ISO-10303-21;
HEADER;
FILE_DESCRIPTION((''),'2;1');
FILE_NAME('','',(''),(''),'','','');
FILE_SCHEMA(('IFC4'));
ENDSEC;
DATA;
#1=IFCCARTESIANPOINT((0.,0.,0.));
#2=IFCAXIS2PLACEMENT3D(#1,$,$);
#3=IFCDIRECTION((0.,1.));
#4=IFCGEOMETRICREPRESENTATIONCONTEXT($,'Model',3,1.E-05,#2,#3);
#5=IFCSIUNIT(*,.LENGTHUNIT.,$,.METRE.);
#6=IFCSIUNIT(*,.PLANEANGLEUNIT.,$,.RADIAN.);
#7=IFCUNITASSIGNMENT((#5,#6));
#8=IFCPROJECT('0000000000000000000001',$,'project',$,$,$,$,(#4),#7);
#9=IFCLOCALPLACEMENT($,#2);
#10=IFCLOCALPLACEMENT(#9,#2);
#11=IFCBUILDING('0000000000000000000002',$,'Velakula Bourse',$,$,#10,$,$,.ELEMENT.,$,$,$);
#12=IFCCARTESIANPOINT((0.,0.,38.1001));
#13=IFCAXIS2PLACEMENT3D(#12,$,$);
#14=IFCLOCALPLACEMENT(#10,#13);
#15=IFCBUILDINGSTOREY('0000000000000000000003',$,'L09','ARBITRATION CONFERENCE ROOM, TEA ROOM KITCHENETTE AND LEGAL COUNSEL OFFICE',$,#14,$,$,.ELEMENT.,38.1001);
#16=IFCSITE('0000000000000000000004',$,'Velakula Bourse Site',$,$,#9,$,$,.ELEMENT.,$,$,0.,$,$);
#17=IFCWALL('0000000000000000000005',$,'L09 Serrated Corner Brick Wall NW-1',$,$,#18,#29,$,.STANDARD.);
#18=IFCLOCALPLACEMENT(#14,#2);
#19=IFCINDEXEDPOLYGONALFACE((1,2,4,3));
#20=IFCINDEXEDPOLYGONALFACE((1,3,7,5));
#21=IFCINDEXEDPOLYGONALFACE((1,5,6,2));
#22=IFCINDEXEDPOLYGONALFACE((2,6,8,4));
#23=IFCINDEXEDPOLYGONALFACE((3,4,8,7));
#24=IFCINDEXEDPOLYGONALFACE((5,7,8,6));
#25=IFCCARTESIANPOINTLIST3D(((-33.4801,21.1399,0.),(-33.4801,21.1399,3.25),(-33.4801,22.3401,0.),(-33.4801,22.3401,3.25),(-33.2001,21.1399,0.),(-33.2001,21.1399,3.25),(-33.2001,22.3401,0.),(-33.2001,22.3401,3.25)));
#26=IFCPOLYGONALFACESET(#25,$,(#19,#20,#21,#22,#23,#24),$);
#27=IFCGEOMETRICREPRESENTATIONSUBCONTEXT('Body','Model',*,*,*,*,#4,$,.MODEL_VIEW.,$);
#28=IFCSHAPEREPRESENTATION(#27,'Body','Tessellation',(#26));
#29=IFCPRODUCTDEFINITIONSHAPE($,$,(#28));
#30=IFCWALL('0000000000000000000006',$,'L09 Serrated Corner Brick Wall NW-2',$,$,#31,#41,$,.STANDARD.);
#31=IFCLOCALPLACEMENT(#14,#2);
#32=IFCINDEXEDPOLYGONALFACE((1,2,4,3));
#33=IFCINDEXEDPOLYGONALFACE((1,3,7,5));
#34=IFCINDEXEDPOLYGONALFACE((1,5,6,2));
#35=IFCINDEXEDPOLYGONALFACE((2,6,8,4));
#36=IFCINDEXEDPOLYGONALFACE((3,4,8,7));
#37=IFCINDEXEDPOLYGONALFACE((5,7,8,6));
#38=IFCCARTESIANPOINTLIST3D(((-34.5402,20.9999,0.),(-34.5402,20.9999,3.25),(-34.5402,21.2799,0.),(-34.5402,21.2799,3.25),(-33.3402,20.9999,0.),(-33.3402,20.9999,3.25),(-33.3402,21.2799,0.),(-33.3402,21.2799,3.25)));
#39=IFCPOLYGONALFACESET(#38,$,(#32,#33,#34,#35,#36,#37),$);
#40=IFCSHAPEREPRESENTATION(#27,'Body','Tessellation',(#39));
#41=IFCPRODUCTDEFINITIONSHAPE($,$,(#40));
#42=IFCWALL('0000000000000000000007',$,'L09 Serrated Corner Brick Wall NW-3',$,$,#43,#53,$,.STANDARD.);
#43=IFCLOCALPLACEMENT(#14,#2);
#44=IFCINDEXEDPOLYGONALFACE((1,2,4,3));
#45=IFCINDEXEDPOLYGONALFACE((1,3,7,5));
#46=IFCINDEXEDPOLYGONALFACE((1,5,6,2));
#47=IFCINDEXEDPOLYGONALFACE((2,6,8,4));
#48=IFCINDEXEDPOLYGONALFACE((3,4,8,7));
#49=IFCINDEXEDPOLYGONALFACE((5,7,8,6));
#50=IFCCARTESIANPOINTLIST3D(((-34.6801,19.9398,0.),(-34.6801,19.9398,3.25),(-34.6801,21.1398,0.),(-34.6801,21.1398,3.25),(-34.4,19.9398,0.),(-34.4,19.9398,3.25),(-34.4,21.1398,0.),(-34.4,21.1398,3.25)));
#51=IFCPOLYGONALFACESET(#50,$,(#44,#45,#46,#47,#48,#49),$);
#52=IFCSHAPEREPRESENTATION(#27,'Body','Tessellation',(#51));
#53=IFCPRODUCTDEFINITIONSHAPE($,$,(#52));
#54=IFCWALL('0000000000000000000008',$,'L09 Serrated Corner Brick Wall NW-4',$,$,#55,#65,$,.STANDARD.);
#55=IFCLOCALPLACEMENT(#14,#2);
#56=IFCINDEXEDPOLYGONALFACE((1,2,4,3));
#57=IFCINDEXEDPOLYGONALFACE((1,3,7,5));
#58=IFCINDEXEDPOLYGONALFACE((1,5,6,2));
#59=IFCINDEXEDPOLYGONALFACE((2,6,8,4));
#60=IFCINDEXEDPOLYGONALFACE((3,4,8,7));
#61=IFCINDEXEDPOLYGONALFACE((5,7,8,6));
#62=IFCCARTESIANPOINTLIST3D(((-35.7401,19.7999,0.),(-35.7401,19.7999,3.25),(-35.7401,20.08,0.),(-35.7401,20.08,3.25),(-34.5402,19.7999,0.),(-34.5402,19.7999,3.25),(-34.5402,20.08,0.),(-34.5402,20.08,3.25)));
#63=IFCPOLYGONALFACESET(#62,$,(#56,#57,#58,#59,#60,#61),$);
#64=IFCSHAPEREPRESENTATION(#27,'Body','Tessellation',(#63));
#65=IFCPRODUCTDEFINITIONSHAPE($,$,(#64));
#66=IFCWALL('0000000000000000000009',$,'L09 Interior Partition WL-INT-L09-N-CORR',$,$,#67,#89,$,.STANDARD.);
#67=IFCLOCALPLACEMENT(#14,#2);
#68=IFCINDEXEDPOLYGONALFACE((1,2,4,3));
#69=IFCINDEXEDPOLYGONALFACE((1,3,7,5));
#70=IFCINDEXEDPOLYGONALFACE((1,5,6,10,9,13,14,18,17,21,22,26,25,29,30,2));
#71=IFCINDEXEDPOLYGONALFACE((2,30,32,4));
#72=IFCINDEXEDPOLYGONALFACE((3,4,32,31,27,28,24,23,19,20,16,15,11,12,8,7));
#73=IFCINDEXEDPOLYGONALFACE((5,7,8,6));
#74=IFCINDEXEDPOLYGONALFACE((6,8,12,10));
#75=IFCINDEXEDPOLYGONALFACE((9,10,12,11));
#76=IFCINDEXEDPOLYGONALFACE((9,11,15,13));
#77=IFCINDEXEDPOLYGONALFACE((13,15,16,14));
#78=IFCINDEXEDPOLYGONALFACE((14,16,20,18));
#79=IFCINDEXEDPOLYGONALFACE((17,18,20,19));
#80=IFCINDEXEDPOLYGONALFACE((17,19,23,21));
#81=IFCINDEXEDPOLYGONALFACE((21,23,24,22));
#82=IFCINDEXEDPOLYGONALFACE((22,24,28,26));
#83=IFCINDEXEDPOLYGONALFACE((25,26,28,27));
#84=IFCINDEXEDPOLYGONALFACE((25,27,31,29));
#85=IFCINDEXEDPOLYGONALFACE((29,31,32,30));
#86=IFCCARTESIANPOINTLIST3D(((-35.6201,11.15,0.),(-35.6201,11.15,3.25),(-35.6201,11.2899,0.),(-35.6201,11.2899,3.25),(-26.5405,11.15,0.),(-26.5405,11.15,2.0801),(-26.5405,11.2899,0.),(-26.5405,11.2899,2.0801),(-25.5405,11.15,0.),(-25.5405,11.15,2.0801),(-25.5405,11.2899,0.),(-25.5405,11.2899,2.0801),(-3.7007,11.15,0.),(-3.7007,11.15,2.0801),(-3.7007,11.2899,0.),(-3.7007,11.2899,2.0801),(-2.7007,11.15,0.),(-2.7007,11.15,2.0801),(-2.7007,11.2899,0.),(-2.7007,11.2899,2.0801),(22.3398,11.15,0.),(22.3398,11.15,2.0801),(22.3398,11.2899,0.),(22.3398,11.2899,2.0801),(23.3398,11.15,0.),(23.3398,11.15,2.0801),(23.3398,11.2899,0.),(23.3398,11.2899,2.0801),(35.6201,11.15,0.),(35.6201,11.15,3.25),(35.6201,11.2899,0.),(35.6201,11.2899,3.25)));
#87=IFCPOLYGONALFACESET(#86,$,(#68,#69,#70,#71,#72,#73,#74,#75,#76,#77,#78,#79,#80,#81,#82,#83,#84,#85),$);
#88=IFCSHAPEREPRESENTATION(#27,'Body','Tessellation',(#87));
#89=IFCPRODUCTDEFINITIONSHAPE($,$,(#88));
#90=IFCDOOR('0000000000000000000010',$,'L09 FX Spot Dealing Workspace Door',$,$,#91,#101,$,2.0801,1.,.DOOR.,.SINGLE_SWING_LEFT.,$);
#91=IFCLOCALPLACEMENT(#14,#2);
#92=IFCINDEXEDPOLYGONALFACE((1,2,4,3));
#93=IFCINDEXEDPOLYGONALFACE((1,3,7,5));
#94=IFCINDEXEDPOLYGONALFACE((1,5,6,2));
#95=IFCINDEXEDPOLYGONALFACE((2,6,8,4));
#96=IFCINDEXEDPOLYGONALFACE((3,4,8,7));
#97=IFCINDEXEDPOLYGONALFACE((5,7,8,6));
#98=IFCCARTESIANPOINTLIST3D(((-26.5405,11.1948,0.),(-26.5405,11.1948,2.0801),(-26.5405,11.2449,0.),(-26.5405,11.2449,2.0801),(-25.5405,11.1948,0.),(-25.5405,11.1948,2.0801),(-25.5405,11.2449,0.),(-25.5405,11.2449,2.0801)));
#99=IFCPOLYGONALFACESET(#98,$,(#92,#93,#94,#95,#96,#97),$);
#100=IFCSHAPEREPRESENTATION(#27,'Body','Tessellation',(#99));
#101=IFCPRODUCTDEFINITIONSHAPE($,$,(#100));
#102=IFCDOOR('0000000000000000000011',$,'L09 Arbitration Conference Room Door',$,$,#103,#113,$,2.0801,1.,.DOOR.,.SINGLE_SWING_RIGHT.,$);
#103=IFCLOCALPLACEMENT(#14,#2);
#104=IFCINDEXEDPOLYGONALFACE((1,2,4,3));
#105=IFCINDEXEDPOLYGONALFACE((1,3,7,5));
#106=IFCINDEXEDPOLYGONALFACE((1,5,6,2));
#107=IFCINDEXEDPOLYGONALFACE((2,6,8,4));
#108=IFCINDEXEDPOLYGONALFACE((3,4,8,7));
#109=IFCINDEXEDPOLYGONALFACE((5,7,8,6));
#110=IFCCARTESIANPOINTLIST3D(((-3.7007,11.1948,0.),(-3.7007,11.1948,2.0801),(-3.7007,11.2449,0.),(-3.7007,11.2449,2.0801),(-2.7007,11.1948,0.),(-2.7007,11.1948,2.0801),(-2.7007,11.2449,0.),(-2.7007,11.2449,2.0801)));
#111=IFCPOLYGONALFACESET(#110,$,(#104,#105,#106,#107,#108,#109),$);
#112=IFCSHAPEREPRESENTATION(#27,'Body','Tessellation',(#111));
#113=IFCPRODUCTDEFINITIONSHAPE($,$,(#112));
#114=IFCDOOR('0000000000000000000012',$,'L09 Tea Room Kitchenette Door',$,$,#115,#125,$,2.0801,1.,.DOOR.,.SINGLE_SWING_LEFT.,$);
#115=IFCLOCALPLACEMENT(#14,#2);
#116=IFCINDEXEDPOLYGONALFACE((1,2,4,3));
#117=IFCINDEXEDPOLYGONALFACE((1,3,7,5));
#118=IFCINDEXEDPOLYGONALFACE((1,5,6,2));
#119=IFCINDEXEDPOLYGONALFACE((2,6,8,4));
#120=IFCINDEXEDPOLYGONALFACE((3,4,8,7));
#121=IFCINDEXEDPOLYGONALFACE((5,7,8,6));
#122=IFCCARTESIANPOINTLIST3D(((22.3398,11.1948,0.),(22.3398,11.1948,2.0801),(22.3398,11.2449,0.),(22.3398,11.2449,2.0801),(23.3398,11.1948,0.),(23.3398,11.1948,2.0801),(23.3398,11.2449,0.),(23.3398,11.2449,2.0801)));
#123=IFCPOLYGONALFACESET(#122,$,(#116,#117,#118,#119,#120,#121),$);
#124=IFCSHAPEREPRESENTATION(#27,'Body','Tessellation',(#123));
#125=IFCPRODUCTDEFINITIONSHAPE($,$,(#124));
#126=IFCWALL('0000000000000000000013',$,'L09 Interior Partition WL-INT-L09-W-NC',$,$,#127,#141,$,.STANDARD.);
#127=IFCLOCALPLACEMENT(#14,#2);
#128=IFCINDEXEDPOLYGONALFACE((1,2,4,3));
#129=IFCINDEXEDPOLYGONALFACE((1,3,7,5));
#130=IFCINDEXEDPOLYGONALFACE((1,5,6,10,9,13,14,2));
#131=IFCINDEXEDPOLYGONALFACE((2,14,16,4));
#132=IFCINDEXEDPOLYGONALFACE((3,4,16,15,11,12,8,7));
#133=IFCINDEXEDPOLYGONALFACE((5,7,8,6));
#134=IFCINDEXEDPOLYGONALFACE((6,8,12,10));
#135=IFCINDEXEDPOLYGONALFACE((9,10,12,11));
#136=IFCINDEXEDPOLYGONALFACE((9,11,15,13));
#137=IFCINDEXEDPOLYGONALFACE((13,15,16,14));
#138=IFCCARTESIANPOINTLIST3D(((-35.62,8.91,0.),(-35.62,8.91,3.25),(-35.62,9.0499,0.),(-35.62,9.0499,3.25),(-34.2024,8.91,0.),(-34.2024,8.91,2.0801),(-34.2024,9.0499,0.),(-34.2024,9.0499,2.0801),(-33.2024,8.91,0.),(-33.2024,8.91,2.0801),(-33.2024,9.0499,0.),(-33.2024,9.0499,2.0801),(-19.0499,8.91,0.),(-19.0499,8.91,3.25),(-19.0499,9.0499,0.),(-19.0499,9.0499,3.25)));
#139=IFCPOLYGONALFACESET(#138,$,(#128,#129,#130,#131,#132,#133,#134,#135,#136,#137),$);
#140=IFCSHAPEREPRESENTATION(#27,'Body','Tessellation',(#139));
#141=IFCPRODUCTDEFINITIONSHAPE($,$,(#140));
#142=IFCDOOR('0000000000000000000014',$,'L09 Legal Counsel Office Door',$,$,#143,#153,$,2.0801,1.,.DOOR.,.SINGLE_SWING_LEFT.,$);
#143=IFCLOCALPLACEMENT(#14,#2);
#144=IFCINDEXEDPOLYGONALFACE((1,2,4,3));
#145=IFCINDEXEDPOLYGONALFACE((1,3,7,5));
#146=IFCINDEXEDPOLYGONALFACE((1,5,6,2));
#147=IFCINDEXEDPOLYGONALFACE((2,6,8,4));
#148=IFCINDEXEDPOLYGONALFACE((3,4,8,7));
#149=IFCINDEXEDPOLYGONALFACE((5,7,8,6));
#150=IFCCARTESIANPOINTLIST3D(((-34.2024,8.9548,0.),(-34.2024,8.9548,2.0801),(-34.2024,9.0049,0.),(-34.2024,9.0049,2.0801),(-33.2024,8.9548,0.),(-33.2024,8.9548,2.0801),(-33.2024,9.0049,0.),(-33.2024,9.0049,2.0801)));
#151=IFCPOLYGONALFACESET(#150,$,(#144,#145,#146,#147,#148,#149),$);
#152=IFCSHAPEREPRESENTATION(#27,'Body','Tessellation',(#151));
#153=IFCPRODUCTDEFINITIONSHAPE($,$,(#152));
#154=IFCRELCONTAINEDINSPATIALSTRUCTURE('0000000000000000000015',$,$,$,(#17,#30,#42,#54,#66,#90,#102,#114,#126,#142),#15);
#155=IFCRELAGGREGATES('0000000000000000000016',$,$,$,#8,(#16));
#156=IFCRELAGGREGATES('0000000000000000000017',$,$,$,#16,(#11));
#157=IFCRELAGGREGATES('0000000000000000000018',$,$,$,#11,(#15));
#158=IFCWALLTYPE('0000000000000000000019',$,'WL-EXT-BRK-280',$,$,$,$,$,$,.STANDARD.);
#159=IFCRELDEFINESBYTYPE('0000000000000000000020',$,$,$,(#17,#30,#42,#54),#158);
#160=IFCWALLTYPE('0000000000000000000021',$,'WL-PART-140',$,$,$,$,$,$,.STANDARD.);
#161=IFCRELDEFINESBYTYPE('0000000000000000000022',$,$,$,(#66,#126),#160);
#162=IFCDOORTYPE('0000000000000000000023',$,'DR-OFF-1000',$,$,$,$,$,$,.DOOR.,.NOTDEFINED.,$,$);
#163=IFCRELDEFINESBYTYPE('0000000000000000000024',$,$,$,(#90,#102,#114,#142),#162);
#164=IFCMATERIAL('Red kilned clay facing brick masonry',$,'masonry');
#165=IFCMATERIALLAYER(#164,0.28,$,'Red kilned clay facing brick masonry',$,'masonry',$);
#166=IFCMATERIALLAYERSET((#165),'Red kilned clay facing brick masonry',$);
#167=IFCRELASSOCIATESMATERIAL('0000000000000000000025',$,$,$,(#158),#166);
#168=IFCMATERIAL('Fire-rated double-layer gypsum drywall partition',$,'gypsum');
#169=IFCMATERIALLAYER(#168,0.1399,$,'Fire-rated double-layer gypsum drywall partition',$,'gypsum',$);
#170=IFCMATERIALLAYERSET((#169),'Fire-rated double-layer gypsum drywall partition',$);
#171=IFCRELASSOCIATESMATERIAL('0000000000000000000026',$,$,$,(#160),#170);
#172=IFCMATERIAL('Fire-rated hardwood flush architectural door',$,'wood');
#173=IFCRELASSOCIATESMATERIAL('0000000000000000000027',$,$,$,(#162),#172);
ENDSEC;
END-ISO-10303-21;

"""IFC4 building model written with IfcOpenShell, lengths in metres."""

from ifc_helpers import new_model, si_unit, direction, frame, frame_2d, origin, place, context, subcontext, project, spatial, rectangle, extrude, material, layer, layer_set, type_object, element, fill, save


model = new_model("IFC4")

# Units and contexts
model_context = context("Model", 3, precision=1e-05, world=origin(), true_north=direction((0.0, 1.0)))
body_context = subcontext(model_context, "Body", "Model", "MODEL_VIEW")
ifc_project = project(units=[si_unit("LENGTHUNIT", "METRE"), si_unit("PLANEANGLEUNIT", "RADIAN")], contexts=[model_context])

# Site, building, storey
site_placement = place(None, origin())
site = spatial("IfcSite", under=ifc_project, at=site_placement, Name="Velakula Bourse Site", CompositionType="ELEMENT", RefElevation=0.0)
building_placement = place(site_placement, origin())
building = spatial("IfcBuilding", under=site, at=building_placement, Name="Velakula Bourse", CompositionType="ELEMENT")
storey_placement = place(building_placement, frame((0.0, 0.0, 38.1001)))
storey = spatial("IfcBuildingStorey", under=building, at=storey_placement, Name="L09", Description="ARBITRATION CONFERENCE ROOM, TEA ROOM KITCHENETTE AND LEGAL COUNSEL OFFICE", CompositionType="ELEMENT", Elevation=38.1001)

# Shared definitions
ifc_material_1 = material(Name="Red kilned clay facing brick masonry", Category="masonry")
ifc_layer_1 = layer(ifc_material_1, 0.28, Name="Red kilned clay facing brick masonry", Category="masonry")
ifc_layer_set_1 = layer_set([ifc_layer_1], Name="Red kilned clay facing brick masonry")
wall_type_1 = type_object("IfcWallType", Name="WL-EXT-BRK-280", PredefinedType="STANDARD", material=ifc_layer_set_1)

# Walls
wall_1_placement = place(storey_placement, frame((-33.3401, 22.3401, 0.0), z_axis=(0.0, 0.0, 1.0), x_axis=(0.0, -1.0, 0.0)))
element("IfcWall", 1, at=wall_1_placement, inside=storey, type_object=wall_type_1, Name="L09 Serrated Corner Brick Wall NW-1", PredefinedType="STANDARD", context=body_context, shape_type="SweptSolid", body=[
    extrude(rectangle(XDim=1.2002, YDim=0.28, at=frame_2d((0.6001, 0.0))), origin(), (0.0, 0.0, 1.0), 3.25),
])
for number, where, z_axis, x_axis, name in (
    (2, (-33.3401, 21.1399, 0.0), (0.0, 0.0, 1.0), (-1.0, 0.0, 0.0), "L09 Serrated Corner Brick Wall NW-2"),
    (3, (-34.54, 21.1399, 0.0), (0.0, 0.0, 1.0), (0.0, -1.0, 0.0), "L09 Serrated Corner Brick Wall NW-3"),
    (4, (-34.54, 19.9399, 0.0), (0.0, 0.0, 1.0), (-1.0, 0.0, 0.0), "L09 Serrated Corner Brick Wall NW-4"),
):
    element("IfcWall", number, at=place(storey_placement, frame(where, z_axis=z_axis, x_axis=x_axis)), inside=storey, type_object=wall_type_1, Name=name, PredefinedType="STANDARD", context=body_context, shape_type="SweptSolid", body=[
        extrude(rectangle(XDim=1.2, YDim=0.28, at=frame_2d((0.6001, 0.0))), origin(), (0.0, 0.0, 1.0), 3.25),
    ])

# Wall, openings, doors
ifc_material_2 = material(Name="Fire-rated double-layer gypsum drywall partition", Category="gypsum")
ifc_layer_2 = layer(ifc_material_2, 0.1399, Name="Fire-rated double-layer gypsum drywall partition", Category="gypsum")
ifc_layer_set_2 = layer_set([ifc_layer_2], Name="Fire-rated double-layer gypsum drywall partition")
wall_type_2 = type_object("IfcWallType", Name="WL-PART-140", PredefinedType="STANDARD", material=ifc_layer_set_2)
wall_2_placement = place(storey_placement, frame((-35.6201, 11.22, 0.0), z_axis=(0.0, 0.0, 1.0), x_axis=(1.0, 0.0, 0.0)))
wall_2 = element("IfcWall", 5, at=wall_2_placement, inside=storey, type_object=wall_type_2, Name="L09 Interior Partition WL-INT-L09-N-CORR", PredefinedType="STANDARD", context=body_context, shape_type="SweptSolid", body=[
    extrude(rectangle(XDim=71.2402, YDim=0.1399, at=frame_2d((35.6201, 0.0))), origin(), (0.0, 0.0, 1.0), 3.25),
])
opening_1_placement = place(wall_2_placement, frame((9.0796, 0.0, 0.0)))
opening_1 = element("IfcOpeningElement", 6, at=opening_1_placement, cuts=wall_2, PredefinedType="OPENING", context=body_context, shape_type="SweptSolid", body=[
    extrude(rectangle(XDim=1.0, YDim=2.0801, at=frame_2d((0.5, 1.04))), frame((0.0, 0.0798, 0.0), z_axis=(0.0, -1.0, 0.0), x_axis=(1.0, 0.0, 0.0)), (0.0, 0.0, 1.0), 0.1599),
])
opening_2_placement = place(wall_2_placement, frame((31.9194, 0.0, 0.0)))
opening_2 = element("IfcOpeningElement", 7, at=opening_2_placement, cuts=wall_2, PredefinedType="OPENING", context=body_context, shape_type="SweptSolid", body=[
    extrude(rectangle(XDim=1.0, YDim=2.0801, at=frame_2d((0.5, 1.04))), frame((0.0, 0.0798, 0.0), z_axis=(0.0, -1.0, 0.0), x_axis=(1.0, 0.0, 0.0)), (0.0, 0.0, 1.0), 0.1599),
])
opening_3_placement = place(wall_2_placement, frame((57.96, 0.0, 0.0)))
opening_3 = element("IfcOpeningElement", 8, at=opening_3_placement, cuts=wall_2, PredefinedType="OPENING", context=body_context, shape_type="SweptSolid", body=[
    extrude(rectangle(XDim=1.0, YDim=2.0801, at=frame_2d((0.5, 1.04))), frame((0.0, 0.0798, 0.0), z_axis=(0.0, -1.0, 0.0), x_axis=(1.0, 0.0, 0.0)), (0.0, 0.0, 1.0), 0.1599),
])
ifc_material_3 = material(Name="Fire-rated hardwood flush architectural door", Category="wood")
door_type = type_object("IfcDoorType", Name="DR-OFF-1000", OperationType="NOTDEFINED", PredefinedType="DOOR", material=ifc_material_3)
door_1_placement = place(opening_1_placement, origin())
door_1 = element("IfcDoor", 9, at=door_1_placement, inside=storey, type_object=door_type, Name="L09 FX Spot Dealing Workspace Door", OperationType="SINGLE_SWING_LEFT", OverallHeight=2.0801, OverallWidth=1.0, PredefinedType="DOOR", context=body_context, shape_type="SweptSolid", body=[
    extrude(rectangle(XDim=1.0, YDim=2.0801, at=frame_2d((0.5, 1.04))), frame((0.0, 0.0249, 0.0), z_axis=(0.0, -1.0, 0.0), x_axis=(1.0, 0.0, 0.0)), (0.0, 0.0, 1.0), 0.05),
])
fill(opening_1, door_1)
door_2_placement = place(opening_2_placement, origin())
door_2 = element("IfcDoor", 10, at=door_2_placement, inside=storey, type_object=door_type, Name="L09 Arbitration Conference Room Door", OperationType="SINGLE_SWING_RIGHT", OverallHeight=2.0801, OverallWidth=1.0, PredefinedType="DOOR", context=body_context, shape_type="SweptSolid", body=[
    extrude(rectangle(XDim=1.0, YDim=2.0801, at=frame_2d((0.5, 1.04))), frame((0.0, 0.0249, 0.0), z_axis=(0.0, -1.0, 0.0), x_axis=(1.0, 0.0, 0.0)), (0.0, 0.0, 1.0), 0.05),
])
fill(opening_2, door_2)
door_3_placement = place(opening_3_placement, origin())
door_3 = element("IfcDoor", 11, at=door_3_placement, inside=storey, type_object=door_type, Name="L09 Tea Room Kitchenette Door", OperationType="SINGLE_SWING_LEFT", OverallHeight=2.0801, OverallWidth=1.0, PredefinedType="DOOR", context=body_context, shape_type="SweptSolid", body=[
    extrude(rectangle(XDim=1.0, YDim=2.0801, at=frame_2d((0.5, 1.04))), frame((0.0, 0.0249, 0.0), z_axis=(0.0, -1.0, 0.0), x_axis=(1.0, 0.0, 0.0)), (0.0, 0.0, 1.0), 0.05),
])
fill(opening_3, door_3)

# Wall, opening, door
wall_3_placement = place(storey_placement, frame((-35.6201, 8.98, 0.0), z_axis=(0.0, 0.0, 1.0), x_axis=(1.0, 0.0, 0.0)))
wall_3 = element("IfcWall", 12, at=wall_3_placement, inside=storey, type_object=wall_type_2, Name="L09 Interior Partition WL-INT-L09-W-NC", PredefinedType="STANDARD", context=body_context, shape_type="SweptSolid", body=[
    extrude(rectangle(XDim=16.5701, YDim=0.1399, at=frame_2d((8.2852, 0.0))), origin(), (0.0, 0.0, 1.0), 3.25),
])
opening_4_placement = place(wall_3_placement, frame((1.4177, 0.0, 0.0)))
opening_4 = element("IfcOpeningElement", 13, at=opening_4_placement, cuts=wall_3, PredefinedType="OPENING", context=body_context, shape_type="SweptSolid", body=[
    extrude(rectangle(XDim=1.0, YDim=2.0801, at=frame_2d((0.5, 1.04))), frame((0.0, 0.0798, 0.0), z_axis=(0.0, -1.0, 0.0), x_axis=(1.0, 0.0, 0.0)), (0.0, 0.0, 1.0), 0.1599),
])
door_4_placement = place(opening_4_placement, origin())
door_4 = element("IfcDoor", 14, at=door_4_placement, inside=storey, type_object=door_type, Name="L09 Legal Counsel Office Door", OperationType="SINGLE_SWING_LEFT", OverallHeight=2.0801, OverallWidth=1.0, PredefinedType="DOOR", context=body_context, shape_type="SweptSolid", body=[
    extrude(rectangle(XDim=1.0, YDim=2.0801, at=frame_2d((0.5, 1.04))), frame((0.0, 0.0249, 0.0), z_axis=(0.0, -1.0, 0.0), x_axis=(1.0, 0.0, 0.0)), (0.0, 0.0, 1.0), 0.05),
])
fill(opening_4, door_4)

save(model, "model.ifc")
